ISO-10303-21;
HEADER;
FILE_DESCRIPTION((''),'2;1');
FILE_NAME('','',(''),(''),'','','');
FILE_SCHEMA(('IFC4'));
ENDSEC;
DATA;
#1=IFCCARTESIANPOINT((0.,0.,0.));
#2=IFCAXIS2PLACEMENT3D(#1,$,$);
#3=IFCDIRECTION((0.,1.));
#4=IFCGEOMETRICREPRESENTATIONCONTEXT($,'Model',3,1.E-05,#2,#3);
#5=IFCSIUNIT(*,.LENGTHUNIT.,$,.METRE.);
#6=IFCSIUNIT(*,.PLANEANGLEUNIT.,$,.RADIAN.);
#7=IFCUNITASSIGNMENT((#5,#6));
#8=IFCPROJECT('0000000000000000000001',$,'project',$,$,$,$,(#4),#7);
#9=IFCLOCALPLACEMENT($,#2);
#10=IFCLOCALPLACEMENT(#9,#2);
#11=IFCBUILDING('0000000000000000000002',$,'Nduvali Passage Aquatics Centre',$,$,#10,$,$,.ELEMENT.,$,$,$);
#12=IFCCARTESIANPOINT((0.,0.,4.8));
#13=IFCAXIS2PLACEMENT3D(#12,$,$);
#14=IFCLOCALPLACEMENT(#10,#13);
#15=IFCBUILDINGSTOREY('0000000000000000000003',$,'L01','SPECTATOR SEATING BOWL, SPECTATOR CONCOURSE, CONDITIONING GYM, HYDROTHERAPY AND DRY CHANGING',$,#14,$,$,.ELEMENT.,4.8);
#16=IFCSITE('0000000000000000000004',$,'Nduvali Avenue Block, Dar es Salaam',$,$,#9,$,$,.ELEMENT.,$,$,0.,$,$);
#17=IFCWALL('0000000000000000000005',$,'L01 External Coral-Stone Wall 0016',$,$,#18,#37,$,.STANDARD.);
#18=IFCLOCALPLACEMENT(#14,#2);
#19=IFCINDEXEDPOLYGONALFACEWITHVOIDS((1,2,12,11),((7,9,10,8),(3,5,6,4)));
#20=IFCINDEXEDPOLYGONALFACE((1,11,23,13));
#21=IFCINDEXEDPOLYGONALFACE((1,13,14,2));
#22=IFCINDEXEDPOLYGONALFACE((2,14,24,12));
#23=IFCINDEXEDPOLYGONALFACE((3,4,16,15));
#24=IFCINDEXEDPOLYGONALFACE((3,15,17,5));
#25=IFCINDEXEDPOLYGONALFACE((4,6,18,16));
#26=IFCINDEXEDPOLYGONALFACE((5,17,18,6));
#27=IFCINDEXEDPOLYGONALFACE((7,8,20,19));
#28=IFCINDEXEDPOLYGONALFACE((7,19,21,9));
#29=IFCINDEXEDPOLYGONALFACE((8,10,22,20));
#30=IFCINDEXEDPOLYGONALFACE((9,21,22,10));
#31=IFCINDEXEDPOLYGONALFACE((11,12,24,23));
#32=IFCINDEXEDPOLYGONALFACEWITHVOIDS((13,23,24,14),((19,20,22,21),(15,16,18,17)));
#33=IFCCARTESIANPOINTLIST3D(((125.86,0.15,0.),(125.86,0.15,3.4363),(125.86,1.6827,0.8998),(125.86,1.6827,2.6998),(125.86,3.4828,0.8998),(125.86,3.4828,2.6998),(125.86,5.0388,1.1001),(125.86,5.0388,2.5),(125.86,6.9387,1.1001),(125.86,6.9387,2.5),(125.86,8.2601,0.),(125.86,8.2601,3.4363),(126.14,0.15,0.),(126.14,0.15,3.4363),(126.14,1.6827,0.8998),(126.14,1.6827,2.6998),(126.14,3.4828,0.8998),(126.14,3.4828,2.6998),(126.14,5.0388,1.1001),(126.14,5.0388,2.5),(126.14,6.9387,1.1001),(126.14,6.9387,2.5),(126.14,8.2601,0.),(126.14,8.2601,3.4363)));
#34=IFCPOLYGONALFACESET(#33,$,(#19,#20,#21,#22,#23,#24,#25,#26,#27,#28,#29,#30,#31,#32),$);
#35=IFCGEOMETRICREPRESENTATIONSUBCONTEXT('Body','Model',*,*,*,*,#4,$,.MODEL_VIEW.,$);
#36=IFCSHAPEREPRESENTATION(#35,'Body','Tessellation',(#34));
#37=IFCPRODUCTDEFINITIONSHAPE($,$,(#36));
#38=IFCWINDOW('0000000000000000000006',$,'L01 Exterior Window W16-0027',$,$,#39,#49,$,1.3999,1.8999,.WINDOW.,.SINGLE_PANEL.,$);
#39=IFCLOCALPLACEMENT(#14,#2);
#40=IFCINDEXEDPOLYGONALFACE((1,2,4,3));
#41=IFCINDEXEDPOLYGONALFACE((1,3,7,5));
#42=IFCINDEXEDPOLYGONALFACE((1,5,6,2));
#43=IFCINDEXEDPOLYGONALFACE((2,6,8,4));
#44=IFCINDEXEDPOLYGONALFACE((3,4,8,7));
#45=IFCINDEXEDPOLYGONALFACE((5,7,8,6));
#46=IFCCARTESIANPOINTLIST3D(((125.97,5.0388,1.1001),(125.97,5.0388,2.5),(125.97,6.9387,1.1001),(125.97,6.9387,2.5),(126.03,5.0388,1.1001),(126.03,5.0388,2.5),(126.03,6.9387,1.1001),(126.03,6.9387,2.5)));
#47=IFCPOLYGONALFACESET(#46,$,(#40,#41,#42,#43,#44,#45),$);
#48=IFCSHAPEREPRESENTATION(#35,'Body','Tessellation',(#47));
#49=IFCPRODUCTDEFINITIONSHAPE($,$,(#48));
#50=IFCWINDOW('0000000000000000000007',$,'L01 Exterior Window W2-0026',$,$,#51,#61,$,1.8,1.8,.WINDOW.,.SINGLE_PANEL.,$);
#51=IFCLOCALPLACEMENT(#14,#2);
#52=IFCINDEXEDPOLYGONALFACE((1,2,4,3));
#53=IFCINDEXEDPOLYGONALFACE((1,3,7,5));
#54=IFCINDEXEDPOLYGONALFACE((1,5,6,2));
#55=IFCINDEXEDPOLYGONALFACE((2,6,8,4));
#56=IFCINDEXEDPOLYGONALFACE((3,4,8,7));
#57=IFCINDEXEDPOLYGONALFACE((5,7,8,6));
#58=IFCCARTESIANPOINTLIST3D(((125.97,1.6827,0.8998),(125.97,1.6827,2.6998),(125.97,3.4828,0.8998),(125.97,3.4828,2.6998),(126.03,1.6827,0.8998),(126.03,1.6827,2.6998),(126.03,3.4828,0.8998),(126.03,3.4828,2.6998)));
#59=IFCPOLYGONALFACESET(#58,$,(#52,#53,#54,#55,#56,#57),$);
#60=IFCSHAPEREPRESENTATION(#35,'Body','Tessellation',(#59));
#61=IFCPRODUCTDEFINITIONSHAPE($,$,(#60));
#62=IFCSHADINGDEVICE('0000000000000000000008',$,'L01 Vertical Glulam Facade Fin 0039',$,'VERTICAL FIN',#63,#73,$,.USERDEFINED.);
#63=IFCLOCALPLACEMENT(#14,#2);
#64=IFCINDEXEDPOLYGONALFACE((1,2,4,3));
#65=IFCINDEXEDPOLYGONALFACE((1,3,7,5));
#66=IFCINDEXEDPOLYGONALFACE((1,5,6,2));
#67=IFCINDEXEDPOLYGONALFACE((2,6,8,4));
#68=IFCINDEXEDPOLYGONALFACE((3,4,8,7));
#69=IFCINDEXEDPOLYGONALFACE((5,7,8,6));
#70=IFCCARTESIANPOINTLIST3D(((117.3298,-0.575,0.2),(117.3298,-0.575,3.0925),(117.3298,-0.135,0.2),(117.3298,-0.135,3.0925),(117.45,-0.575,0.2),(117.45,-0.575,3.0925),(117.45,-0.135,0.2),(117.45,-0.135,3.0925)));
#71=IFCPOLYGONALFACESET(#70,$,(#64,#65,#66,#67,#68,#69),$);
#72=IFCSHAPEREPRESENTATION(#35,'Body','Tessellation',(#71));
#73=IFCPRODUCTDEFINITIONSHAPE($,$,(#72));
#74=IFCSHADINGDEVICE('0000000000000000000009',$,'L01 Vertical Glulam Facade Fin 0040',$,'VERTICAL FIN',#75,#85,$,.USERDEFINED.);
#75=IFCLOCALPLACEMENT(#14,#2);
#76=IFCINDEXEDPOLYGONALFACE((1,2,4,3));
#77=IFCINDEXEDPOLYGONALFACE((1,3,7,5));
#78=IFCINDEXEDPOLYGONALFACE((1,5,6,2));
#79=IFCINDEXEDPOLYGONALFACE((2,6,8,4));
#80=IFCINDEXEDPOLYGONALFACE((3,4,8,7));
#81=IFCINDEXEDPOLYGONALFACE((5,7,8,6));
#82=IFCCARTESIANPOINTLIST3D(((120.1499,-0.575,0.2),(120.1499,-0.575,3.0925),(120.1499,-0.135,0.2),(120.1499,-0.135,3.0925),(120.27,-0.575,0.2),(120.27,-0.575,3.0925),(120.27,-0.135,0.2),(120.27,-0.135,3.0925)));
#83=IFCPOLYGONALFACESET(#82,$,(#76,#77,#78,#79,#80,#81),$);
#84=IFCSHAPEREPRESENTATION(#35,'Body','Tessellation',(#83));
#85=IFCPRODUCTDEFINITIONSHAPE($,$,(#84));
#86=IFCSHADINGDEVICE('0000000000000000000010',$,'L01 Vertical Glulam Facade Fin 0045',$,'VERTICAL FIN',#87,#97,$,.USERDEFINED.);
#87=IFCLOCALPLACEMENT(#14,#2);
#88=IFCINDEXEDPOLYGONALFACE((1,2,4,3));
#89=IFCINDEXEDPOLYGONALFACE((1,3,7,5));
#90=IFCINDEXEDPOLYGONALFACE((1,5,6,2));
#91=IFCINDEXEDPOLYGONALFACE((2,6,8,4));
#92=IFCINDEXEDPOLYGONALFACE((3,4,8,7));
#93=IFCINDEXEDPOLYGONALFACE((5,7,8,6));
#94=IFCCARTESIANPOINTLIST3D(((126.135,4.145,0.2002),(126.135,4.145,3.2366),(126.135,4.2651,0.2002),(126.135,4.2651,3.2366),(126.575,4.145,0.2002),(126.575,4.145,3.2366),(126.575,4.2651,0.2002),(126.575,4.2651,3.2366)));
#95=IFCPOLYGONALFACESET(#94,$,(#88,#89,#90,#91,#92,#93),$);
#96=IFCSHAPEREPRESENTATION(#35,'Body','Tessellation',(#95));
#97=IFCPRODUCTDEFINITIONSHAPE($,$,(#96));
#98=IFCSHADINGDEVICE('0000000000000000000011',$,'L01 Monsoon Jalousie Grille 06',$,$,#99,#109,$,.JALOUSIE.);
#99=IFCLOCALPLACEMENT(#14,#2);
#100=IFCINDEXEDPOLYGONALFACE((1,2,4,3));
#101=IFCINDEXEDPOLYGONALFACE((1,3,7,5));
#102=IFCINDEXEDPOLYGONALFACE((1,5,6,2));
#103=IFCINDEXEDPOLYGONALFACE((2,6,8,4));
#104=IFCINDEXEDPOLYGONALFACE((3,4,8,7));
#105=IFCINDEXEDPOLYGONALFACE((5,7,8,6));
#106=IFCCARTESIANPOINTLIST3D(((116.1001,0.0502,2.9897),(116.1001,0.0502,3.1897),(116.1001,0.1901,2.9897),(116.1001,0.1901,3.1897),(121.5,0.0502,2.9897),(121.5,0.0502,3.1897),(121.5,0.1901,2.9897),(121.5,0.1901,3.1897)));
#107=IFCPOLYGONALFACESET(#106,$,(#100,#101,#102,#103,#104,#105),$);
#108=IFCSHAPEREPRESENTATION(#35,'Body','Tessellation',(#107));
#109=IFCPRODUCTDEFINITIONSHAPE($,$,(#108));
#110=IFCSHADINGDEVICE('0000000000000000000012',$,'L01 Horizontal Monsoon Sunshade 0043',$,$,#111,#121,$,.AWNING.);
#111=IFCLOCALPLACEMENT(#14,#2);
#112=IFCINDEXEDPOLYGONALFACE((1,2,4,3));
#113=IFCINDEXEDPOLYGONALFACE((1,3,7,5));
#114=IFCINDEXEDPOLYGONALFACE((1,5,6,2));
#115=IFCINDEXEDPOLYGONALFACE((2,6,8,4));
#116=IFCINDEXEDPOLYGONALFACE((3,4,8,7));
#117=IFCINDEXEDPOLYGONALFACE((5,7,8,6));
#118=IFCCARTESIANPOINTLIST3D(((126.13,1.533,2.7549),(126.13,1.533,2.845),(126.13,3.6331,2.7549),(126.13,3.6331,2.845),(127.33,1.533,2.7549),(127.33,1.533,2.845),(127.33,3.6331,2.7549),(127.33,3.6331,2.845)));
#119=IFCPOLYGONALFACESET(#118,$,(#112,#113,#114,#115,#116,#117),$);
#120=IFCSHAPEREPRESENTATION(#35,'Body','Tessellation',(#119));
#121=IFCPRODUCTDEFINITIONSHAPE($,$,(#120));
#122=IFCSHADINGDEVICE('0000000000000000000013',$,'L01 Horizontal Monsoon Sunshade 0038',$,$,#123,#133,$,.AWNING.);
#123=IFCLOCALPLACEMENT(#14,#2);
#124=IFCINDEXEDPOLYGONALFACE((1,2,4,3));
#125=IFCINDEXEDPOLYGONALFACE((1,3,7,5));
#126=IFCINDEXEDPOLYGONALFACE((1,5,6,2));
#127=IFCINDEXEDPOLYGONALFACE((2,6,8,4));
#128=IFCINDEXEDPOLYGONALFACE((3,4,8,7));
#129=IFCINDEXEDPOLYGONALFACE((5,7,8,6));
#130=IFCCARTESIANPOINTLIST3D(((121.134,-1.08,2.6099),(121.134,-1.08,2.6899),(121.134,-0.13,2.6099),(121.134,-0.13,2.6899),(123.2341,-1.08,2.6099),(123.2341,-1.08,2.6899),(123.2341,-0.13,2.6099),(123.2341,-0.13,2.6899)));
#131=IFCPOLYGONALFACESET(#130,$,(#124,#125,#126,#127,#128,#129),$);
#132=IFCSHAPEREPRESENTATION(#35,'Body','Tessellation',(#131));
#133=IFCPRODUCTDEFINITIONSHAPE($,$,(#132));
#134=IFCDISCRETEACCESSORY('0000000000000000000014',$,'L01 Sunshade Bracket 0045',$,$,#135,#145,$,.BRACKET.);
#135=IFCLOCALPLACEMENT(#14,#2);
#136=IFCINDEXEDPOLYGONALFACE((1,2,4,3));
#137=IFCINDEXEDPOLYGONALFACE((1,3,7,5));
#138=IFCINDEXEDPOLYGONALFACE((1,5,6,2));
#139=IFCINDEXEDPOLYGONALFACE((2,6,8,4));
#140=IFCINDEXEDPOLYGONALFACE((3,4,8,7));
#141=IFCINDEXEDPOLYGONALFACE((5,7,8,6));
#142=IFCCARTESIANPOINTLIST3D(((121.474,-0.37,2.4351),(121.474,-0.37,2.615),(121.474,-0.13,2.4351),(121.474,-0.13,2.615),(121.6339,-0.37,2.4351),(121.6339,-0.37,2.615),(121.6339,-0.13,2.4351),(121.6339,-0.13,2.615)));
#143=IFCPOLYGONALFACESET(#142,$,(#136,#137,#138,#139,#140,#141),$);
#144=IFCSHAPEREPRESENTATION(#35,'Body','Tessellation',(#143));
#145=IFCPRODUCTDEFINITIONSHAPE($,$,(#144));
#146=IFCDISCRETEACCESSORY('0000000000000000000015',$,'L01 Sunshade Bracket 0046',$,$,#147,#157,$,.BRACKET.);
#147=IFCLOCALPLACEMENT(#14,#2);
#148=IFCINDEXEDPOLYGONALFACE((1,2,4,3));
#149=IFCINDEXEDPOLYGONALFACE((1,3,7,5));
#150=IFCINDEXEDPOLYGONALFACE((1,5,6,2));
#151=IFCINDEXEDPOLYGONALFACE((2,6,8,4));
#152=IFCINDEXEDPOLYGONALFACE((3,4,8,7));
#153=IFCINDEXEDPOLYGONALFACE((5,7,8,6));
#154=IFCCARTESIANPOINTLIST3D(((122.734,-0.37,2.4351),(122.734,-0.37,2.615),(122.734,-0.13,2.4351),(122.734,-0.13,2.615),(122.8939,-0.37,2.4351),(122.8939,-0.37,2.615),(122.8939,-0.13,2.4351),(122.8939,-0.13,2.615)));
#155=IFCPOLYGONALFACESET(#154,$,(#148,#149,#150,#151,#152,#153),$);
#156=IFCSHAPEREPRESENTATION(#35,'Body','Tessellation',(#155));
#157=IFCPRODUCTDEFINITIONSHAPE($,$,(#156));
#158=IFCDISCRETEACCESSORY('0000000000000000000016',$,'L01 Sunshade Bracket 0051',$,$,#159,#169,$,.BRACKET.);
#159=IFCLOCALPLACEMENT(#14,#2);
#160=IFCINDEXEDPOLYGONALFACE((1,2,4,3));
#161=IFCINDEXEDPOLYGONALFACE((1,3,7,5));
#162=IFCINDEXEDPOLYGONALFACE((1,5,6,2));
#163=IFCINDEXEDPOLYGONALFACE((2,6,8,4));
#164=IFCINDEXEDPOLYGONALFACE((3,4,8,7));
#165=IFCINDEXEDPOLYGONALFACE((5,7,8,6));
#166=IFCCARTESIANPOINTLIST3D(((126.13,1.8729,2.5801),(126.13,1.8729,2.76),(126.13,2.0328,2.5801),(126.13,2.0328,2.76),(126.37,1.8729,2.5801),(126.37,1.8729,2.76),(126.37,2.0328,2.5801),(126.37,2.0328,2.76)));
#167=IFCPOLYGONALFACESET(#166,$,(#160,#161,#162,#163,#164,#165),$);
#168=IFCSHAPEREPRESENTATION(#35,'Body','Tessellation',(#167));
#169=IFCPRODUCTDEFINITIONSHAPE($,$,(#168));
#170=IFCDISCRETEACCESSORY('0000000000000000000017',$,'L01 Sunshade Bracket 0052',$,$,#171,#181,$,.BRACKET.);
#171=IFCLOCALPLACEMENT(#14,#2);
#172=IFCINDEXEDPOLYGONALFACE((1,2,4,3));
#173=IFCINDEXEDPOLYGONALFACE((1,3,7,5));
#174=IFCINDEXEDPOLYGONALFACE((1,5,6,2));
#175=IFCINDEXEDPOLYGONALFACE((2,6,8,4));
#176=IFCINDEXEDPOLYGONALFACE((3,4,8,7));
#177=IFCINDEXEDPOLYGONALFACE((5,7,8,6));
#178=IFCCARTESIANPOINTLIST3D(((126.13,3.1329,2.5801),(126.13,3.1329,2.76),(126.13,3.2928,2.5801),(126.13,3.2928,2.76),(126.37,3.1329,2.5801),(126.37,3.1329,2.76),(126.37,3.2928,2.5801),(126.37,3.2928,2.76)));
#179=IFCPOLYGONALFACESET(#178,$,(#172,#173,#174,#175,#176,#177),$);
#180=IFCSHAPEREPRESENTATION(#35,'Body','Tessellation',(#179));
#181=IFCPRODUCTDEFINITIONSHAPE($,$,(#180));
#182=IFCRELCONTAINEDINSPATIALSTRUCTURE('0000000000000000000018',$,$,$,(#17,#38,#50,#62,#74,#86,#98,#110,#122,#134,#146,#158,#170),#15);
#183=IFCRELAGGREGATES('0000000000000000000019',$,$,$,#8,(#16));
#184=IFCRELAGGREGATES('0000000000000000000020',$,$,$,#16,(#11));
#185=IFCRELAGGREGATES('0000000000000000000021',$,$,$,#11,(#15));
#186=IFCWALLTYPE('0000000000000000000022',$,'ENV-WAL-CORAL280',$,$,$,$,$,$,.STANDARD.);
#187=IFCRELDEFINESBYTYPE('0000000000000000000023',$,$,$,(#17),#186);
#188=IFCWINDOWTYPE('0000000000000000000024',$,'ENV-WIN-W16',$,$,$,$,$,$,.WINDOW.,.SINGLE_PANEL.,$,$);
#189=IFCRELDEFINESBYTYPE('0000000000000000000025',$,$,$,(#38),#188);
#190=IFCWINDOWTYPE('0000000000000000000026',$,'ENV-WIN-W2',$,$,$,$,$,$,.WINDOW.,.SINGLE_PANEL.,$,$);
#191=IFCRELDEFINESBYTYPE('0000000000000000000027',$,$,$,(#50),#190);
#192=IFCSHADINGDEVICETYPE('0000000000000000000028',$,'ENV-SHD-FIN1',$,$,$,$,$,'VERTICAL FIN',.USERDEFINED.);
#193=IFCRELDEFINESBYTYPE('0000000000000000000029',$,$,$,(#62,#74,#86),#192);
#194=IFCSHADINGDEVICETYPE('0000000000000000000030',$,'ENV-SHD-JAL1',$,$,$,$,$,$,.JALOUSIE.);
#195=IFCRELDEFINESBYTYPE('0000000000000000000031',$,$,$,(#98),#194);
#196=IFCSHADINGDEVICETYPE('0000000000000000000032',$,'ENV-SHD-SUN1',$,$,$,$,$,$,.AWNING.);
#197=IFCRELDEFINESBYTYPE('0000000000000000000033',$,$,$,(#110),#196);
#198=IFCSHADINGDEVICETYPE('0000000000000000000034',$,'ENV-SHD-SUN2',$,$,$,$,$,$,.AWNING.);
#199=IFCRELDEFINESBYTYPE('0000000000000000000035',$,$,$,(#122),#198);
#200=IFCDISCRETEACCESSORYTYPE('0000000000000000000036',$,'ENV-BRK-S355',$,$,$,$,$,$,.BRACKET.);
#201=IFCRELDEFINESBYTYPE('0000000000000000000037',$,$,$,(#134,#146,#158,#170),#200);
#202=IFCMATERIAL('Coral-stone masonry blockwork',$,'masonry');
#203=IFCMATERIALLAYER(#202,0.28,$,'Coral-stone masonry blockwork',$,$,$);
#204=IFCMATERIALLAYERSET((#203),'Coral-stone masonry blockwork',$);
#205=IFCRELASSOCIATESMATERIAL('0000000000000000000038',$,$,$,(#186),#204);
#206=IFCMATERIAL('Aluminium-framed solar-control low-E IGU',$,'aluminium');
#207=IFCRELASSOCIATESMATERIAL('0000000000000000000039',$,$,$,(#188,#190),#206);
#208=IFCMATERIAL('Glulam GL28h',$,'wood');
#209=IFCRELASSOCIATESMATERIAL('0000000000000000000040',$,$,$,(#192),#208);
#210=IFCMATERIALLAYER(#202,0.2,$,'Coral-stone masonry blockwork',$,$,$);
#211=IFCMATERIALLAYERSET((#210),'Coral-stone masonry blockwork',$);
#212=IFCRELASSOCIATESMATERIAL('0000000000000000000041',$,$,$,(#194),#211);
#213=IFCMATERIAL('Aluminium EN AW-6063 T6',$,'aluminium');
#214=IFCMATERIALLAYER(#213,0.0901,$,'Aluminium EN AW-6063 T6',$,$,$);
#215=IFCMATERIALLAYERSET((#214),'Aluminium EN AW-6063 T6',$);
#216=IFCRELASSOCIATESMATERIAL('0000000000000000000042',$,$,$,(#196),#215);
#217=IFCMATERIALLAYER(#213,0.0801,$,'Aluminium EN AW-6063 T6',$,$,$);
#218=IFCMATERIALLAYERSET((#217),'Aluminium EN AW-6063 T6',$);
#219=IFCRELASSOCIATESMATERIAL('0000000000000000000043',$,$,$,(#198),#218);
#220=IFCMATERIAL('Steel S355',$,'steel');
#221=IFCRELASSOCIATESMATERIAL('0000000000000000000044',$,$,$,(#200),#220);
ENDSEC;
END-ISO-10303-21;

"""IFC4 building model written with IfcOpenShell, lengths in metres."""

from ifc_helpers import new_model, si_unit, direction, frame, frame_2d, origin, origin_2d, place, context, subcontext, project, spatial, rectangle, extrude, material, layer, layer_set, type_object, element, fill, save


model = new_model("IFC4")

# Units and contexts
model_context = context("Model", 3, precision=1e-05, world=origin(), true_north=direction((0.0, 1.0)))
body_context = subcontext(model_context, "Body", "Model", "MODEL_VIEW")
ifc_project = project(units=[si_unit("LENGTHUNIT", "METRE"), si_unit("PLANEANGLEUNIT", "RADIAN")], contexts=[model_context])

# Site, building, storey
site_placement = place(None, origin())
site = spatial("IfcSite", under=ifc_project, at=site_placement, Name="Nduvali Avenue Block, Dar es Salaam", CompositionType="ELEMENT", RefElevation=0.0)
building_placement = place(site_placement, origin())
building = spatial("IfcBuilding", under=site, at=building_placement, Name="Nduvali Passage Aquatics Centre", CompositionType="ELEMENT")
storey_placement = place(building_placement, frame((0.0, 0.0, 4.8)))
storey = spatial("IfcBuildingStorey", under=building, at=storey_placement, Name="L01", Description="SPECTATOR SEATING BOWL, SPECTATOR CONCOURSE, CONDITIONING GYM, HYDROTHERAPY AND DRY CHANGING", CompositionType="ELEMENT", Elevation=4.8)

# Shared definitions
ifc_material_1 = material(Name="Steel S355", Category="steel")

# Shared definitions
ifc_material_2 = material(Name="Coral-stone masonry blockwork", Category="masonry")

# Wall, openings, windows
ifc_layer_1 = layer(ifc_material_2, 0.28, Name="Coral-stone masonry blockwork")
ifc_layer_set_1 = layer_set([ifc_layer_1], Name="Coral-stone masonry blockwork")
wall_type = type_object("IfcWallType", Name="ENV-WAL-CORAL280", PredefinedType="STANDARD", material=ifc_layer_set_1)
wall_placement = place(storey_placement, frame((126.0, 0.1499, 0.0), z_axis=(0.0, 0.0, 1.0), x_axis=(0.0, 1.0, 0.0)))
wall = element("IfcWall", 1, at=wall_placement, inside=storey, type_object=wall_type, Name="L01 External Coral-Stone Wall 0016", PredefinedType="STANDARD", context=body_context, shape_type="SweptSolid", body=[
    extrude(rectangle(XDim=8.1101, YDim=0.28, at=frame_2d((4.0552, 0.0))), origin(), (0.0, 0.0, 1.0), 3.4363),
])
opening_1_placement = place(wall_placement, frame((1.533, 0.0, 0.8999)))
opening_1 = element("IfcOpeningElement", 2, at=opening_1_placement, cuts=wall, PredefinedType="OPENING", context=body_context, shape_type="SweptSolid", body=[
    extrude(rectangle(XDim=1.8, YDim=1.8, at=frame_2d((0.8999, 0.8999))), frame((0.0, 0.1548, 0.0), z_axis=(0.0, -1.0, 0.0), x_axis=(1.0, 0.0, 0.0)), (0.0, 0.0, 1.0), 0.3098),
])
opening_2_placement = place(wall_placement, frame((4.8889, 0.0, 1.1001)))
opening_2 = element("IfcOpeningElement", 3, at=opening_2_placement, cuts=wall, PredefinedType="OPENING", context=body_context, shape_type="SweptSolid", body=[
    extrude(rectangle(XDim=1.8999, YDim=1.3999, at=frame_2d((0.95, 0.7))), frame((0.0, 0.1548, 0.0), z_axis=(0.0, -1.0, 0.0), x_axis=(1.0, 0.0, 0.0)), (0.0, 0.0, 1.0), 0.3098),
])
ifc_material_3 = material(Name="Aluminium-framed solar-control low-E IGU", Category="aluminium")
window_type_1 = type_object("IfcWindowType", Name="ENV-WIN-W16", PartitioningType="SINGLE_PANEL", PredefinedType="WINDOW", material=ifc_material_3)
window_1_placement = place(opening_2_placement, origin())
window_1 = element("IfcWindow", 4, at=window_1_placement, inside=storey, type_object=window_type_1, Name="L01 Exterior Window W16-0027", OverallHeight=1.3999, OverallWidth=1.8999, PartitioningType="SINGLE_PANEL", PredefinedType="WINDOW", context=body_context, shape_type="SweptSolid", body=[
    extrude(rectangle(XDim=1.8999, YDim=1.3999, at=frame_2d((0.95, 0.7))), frame((0.0, 0.03, 0.0), z_axis=(0.0, -1.0, 0.0), x_axis=(1.0, 0.0, 0.0)), (0.0, 0.0, 1.0), 0.0601),
])
fill(opening_2, window_1)
window_type_2 = type_object("IfcWindowType", Name="ENV-WIN-W2", PartitioningType="SINGLE_PANEL", PredefinedType="WINDOW", material=ifc_material_3)
window_2_placement = place(opening_1_placement, origin())
window_2 = element("IfcWindow", 5, at=window_2_placement, inside=storey, type_object=window_type_2, Name="L01 Exterior Window W2-0026", OverallHeight=1.8, OverallWidth=1.8, PartitioningType="SINGLE_PANEL", PredefinedType="WINDOW", context=body_context, shape_type="SweptSolid", body=[
    extrude(rectangle(XDim=1.8, YDim=1.8, at=frame_2d((0.8999, 0.8999))), frame((0.0, 0.03, 0.0), z_axis=(0.0, -1.0, 0.0), x_axis=(1.0, 0.0, 0.0)), (0.0, 0.0, 1.0), 0.0601),
])
fill(opening_1, window_2)

# Shading devices
ifc_material_4 = material(Name="Glulam GL28h", Category="wood")
shading_device_type_1 = type_object("IfcShadingDeviceType", Name="ENV-SHD-FIN1", ElementType="VERTICAL FIN", PredefinedType="USERDEFINED", material=ifc_material_4)
for number, where, z_axis, x_axis, name in (
    (6, (117.3899, -0.355, 0.2), (0.0, 0.0, 1.0), (1.0, 0.0, 0.0), "L01 Vertical Glulam Facade Fin 0039"),
    (7, (120.21, -0.355, 0.2), (0.0, 0.0, 1.0), (1.0, 0.0, 0.0), "L01 Vertical Glulam Facade Fin 0040"),
):
    element("IfcShadingDevice", number, at=place(storey_placement, frame(where, z_axis=z_axis, x_axis=x_axis)), inside=storey, type_object=shading_device_type_1, Name=name, ObjectType="VERTICAL FIN", PredefinedType="USERDEFINED", context=body_context, shape_type="SweptSolid", body=[
        extrude(rectangle(XDim=0.1201, YDim=0.4399, at=origin_2d()), origin(), (0.0, 0.0, 1.0), 2.8926),
    ])
shading_device_1_placement = place(storey_placement, frame((126.355, 4.2051, 0.2002), z_axis=(0.0, 0.0, 1.0), x_axis=(0.0, 1.0, 0.0)))
element("IfcShadingDevice", 8, at=shading_device_1_placement, inside=storey, type_object=shading_device_type_1, Name="L01 Vertical Glulam Facade Fin 0045", ObjectType="VERTICAL FIN", PredefinedType="USERDEFINED", context=body_context, shape_type="SweptSolid", body=[
    extrude(rectangle(XDim=0.1201, YDim=0.4399, at=origin_2d()), origin(), (0.0, 0.0, 1.0), 3.0364),
])
ifc_layer_2 = layer(ifc_material_2, 0.2, Name="Coral-stone masonry blockwork")
ifc_layer_set_2 = layer_set([ifc_layer_2], Name="Coral-stone masonry blockwork")
shading_device_type_2 = type_object("IfcShadingDeviceType", Name="ENV-SHD-JAL1", PredefinedType="JALOUSIE", material=ifc_layer_set_2)
shading_device_2_placement = place(storey_placement, frame((118.8, 0.1201, 2.9897), z_axis=(0.0, 0.0, 1.0), x_axis=(1.0, 0.0, 0.0)))
element("IfcShadingDevice", 9, at=shading_device_2_placement, inside=storey, type_object=shading_device_type_2, Name="L01 Monsoon Jalousie Grille 06", PredefinedType="JALOUSIE", context=body_context, shape_type="SweptSolid", body=[
    extrude(rectangle(XDim=5.3999, YDim=0.1399, at=origin_2d()), origin(), (0.0, 0.0, 1.0), 0.2),
])
ifc_material_5 = material(Name="Aluminium EN AW-6063 T6", Category="aluminium")
ifc_layer_3 = layer(ifc_material_5, 0.0901, Name="Aluminium EN AW-6063 T6")
ifc_layer_set_3 = layer_set([ifc_layer_3], Name="Aluminium EN AW-6063 T6")
shading_device_type_3 = type_object("IfcShadingDeviceType", Name="ENV-SHD-SUN1", PredefinedType="AWNING", material=ifc_layer_set_3)
shading_device_3_placement = place(storey_placement, frame((126.73, 2.583, 2.7549), z_axis=(0.0, 0.0, 1.0), x_axis=(0.0, 1.0, 0.0)))
element("IfcShadingDevice", 10, at=shading_device_3_placement, inside=storey, type_object=shading_device_type_3, Name="L01 Horizontal Monsoon Sunshade 0043", PredefinedType="AWNING", context=body_context, shape_type="SweptSolid", body=[
    extrude(rectangle(XDim=2.1001, YDim=1.2, at=origin_2d()), origin(), (0.0, 0.0, 1.0), 0.0901),
])
ifc_layer_4 = layer(ifc_material_5, 0.0801, Name="Aluminium EN AW-6063 T6")
ifc_layer_set_4 = layer_set([ifc_layer_4], Name="Aluminium EN AW-6063 T6")
shading_device_type_4 = type_object("IfcShadingDeviceType", Name="ENV-SHD-SUN2", PredefinedType="AWNING", material=ifc_layer_set_4)
shading_device_4_placement = place(storey_placement, frame((122.1841, -0.605, 2.6099), z_axis=(0.0, 0.0, 1.0), x_axis=(1.0, 0.0, 0.0)))
element("IfcShadingDevice", 11, at=shading_device_4_placement, inside=storey, type_object=shading_device_type_4, Name="L01 Horizontal Monsoon Sunshade 0038", PredefinedType="AWNING", context=body_context, shape_type="SweptSolid", body=[
    extrude(rectangle(XDim=2.1001, YDim=0.95, at=origin_2d()), origin(), (0.0, 0.0, 1.0), 0.0801),
])

# Discrete accessories
discrete_accessory_type = type_object("IfcDiscreteAccessoryType", Name="ENV-BRK-S355", PredefinedType="BRACKET", material=ifc_material_1)
for number, where, z_axis, x_axis, name in (
    (12, (121.554, -0.25, 2.4351), (0.0, 0.0, 1.0), (1.0, 0.0, 0.0), "L01 Sunshade Bracket 0045"),
    (13, (122.814, -0.25, 2.4351), (0.0, 0.0, 1.0), (1.0, 0.0, 0.0), "L01 Sunshade Bracket 0046"),
    (14, (126.25, 1.9529, 2.5801), (0.0, 0.0, 1.0), (0.0, 1.0, 0.0), "L01 Sunshade Bracket 0051"),
    (15, (126.25, 3.2129, 2.5801), (0.0, 0.0, 1.0), (0.0, 1.0, 0.0), "L01 Sunshade Bracket 0052"),
):
    element("IfcDiscreteAccessory", number, at=place(storey_placement, frame(where, z_axis=z_axis, x_axis=x_axis)), inside=storey, type_object=discrete_accessory_type, Name=name, PredefinedType="BRACKET", context=body_context, shape_type="SweptSolid", body=[
        extrude(rectangle(XDim=0.1599, YDim=0.24, at=origin_2d()), origin(), (0.0, 0.0, 1.0), 0.1799),
    ])

save(model, "model.ifc")
